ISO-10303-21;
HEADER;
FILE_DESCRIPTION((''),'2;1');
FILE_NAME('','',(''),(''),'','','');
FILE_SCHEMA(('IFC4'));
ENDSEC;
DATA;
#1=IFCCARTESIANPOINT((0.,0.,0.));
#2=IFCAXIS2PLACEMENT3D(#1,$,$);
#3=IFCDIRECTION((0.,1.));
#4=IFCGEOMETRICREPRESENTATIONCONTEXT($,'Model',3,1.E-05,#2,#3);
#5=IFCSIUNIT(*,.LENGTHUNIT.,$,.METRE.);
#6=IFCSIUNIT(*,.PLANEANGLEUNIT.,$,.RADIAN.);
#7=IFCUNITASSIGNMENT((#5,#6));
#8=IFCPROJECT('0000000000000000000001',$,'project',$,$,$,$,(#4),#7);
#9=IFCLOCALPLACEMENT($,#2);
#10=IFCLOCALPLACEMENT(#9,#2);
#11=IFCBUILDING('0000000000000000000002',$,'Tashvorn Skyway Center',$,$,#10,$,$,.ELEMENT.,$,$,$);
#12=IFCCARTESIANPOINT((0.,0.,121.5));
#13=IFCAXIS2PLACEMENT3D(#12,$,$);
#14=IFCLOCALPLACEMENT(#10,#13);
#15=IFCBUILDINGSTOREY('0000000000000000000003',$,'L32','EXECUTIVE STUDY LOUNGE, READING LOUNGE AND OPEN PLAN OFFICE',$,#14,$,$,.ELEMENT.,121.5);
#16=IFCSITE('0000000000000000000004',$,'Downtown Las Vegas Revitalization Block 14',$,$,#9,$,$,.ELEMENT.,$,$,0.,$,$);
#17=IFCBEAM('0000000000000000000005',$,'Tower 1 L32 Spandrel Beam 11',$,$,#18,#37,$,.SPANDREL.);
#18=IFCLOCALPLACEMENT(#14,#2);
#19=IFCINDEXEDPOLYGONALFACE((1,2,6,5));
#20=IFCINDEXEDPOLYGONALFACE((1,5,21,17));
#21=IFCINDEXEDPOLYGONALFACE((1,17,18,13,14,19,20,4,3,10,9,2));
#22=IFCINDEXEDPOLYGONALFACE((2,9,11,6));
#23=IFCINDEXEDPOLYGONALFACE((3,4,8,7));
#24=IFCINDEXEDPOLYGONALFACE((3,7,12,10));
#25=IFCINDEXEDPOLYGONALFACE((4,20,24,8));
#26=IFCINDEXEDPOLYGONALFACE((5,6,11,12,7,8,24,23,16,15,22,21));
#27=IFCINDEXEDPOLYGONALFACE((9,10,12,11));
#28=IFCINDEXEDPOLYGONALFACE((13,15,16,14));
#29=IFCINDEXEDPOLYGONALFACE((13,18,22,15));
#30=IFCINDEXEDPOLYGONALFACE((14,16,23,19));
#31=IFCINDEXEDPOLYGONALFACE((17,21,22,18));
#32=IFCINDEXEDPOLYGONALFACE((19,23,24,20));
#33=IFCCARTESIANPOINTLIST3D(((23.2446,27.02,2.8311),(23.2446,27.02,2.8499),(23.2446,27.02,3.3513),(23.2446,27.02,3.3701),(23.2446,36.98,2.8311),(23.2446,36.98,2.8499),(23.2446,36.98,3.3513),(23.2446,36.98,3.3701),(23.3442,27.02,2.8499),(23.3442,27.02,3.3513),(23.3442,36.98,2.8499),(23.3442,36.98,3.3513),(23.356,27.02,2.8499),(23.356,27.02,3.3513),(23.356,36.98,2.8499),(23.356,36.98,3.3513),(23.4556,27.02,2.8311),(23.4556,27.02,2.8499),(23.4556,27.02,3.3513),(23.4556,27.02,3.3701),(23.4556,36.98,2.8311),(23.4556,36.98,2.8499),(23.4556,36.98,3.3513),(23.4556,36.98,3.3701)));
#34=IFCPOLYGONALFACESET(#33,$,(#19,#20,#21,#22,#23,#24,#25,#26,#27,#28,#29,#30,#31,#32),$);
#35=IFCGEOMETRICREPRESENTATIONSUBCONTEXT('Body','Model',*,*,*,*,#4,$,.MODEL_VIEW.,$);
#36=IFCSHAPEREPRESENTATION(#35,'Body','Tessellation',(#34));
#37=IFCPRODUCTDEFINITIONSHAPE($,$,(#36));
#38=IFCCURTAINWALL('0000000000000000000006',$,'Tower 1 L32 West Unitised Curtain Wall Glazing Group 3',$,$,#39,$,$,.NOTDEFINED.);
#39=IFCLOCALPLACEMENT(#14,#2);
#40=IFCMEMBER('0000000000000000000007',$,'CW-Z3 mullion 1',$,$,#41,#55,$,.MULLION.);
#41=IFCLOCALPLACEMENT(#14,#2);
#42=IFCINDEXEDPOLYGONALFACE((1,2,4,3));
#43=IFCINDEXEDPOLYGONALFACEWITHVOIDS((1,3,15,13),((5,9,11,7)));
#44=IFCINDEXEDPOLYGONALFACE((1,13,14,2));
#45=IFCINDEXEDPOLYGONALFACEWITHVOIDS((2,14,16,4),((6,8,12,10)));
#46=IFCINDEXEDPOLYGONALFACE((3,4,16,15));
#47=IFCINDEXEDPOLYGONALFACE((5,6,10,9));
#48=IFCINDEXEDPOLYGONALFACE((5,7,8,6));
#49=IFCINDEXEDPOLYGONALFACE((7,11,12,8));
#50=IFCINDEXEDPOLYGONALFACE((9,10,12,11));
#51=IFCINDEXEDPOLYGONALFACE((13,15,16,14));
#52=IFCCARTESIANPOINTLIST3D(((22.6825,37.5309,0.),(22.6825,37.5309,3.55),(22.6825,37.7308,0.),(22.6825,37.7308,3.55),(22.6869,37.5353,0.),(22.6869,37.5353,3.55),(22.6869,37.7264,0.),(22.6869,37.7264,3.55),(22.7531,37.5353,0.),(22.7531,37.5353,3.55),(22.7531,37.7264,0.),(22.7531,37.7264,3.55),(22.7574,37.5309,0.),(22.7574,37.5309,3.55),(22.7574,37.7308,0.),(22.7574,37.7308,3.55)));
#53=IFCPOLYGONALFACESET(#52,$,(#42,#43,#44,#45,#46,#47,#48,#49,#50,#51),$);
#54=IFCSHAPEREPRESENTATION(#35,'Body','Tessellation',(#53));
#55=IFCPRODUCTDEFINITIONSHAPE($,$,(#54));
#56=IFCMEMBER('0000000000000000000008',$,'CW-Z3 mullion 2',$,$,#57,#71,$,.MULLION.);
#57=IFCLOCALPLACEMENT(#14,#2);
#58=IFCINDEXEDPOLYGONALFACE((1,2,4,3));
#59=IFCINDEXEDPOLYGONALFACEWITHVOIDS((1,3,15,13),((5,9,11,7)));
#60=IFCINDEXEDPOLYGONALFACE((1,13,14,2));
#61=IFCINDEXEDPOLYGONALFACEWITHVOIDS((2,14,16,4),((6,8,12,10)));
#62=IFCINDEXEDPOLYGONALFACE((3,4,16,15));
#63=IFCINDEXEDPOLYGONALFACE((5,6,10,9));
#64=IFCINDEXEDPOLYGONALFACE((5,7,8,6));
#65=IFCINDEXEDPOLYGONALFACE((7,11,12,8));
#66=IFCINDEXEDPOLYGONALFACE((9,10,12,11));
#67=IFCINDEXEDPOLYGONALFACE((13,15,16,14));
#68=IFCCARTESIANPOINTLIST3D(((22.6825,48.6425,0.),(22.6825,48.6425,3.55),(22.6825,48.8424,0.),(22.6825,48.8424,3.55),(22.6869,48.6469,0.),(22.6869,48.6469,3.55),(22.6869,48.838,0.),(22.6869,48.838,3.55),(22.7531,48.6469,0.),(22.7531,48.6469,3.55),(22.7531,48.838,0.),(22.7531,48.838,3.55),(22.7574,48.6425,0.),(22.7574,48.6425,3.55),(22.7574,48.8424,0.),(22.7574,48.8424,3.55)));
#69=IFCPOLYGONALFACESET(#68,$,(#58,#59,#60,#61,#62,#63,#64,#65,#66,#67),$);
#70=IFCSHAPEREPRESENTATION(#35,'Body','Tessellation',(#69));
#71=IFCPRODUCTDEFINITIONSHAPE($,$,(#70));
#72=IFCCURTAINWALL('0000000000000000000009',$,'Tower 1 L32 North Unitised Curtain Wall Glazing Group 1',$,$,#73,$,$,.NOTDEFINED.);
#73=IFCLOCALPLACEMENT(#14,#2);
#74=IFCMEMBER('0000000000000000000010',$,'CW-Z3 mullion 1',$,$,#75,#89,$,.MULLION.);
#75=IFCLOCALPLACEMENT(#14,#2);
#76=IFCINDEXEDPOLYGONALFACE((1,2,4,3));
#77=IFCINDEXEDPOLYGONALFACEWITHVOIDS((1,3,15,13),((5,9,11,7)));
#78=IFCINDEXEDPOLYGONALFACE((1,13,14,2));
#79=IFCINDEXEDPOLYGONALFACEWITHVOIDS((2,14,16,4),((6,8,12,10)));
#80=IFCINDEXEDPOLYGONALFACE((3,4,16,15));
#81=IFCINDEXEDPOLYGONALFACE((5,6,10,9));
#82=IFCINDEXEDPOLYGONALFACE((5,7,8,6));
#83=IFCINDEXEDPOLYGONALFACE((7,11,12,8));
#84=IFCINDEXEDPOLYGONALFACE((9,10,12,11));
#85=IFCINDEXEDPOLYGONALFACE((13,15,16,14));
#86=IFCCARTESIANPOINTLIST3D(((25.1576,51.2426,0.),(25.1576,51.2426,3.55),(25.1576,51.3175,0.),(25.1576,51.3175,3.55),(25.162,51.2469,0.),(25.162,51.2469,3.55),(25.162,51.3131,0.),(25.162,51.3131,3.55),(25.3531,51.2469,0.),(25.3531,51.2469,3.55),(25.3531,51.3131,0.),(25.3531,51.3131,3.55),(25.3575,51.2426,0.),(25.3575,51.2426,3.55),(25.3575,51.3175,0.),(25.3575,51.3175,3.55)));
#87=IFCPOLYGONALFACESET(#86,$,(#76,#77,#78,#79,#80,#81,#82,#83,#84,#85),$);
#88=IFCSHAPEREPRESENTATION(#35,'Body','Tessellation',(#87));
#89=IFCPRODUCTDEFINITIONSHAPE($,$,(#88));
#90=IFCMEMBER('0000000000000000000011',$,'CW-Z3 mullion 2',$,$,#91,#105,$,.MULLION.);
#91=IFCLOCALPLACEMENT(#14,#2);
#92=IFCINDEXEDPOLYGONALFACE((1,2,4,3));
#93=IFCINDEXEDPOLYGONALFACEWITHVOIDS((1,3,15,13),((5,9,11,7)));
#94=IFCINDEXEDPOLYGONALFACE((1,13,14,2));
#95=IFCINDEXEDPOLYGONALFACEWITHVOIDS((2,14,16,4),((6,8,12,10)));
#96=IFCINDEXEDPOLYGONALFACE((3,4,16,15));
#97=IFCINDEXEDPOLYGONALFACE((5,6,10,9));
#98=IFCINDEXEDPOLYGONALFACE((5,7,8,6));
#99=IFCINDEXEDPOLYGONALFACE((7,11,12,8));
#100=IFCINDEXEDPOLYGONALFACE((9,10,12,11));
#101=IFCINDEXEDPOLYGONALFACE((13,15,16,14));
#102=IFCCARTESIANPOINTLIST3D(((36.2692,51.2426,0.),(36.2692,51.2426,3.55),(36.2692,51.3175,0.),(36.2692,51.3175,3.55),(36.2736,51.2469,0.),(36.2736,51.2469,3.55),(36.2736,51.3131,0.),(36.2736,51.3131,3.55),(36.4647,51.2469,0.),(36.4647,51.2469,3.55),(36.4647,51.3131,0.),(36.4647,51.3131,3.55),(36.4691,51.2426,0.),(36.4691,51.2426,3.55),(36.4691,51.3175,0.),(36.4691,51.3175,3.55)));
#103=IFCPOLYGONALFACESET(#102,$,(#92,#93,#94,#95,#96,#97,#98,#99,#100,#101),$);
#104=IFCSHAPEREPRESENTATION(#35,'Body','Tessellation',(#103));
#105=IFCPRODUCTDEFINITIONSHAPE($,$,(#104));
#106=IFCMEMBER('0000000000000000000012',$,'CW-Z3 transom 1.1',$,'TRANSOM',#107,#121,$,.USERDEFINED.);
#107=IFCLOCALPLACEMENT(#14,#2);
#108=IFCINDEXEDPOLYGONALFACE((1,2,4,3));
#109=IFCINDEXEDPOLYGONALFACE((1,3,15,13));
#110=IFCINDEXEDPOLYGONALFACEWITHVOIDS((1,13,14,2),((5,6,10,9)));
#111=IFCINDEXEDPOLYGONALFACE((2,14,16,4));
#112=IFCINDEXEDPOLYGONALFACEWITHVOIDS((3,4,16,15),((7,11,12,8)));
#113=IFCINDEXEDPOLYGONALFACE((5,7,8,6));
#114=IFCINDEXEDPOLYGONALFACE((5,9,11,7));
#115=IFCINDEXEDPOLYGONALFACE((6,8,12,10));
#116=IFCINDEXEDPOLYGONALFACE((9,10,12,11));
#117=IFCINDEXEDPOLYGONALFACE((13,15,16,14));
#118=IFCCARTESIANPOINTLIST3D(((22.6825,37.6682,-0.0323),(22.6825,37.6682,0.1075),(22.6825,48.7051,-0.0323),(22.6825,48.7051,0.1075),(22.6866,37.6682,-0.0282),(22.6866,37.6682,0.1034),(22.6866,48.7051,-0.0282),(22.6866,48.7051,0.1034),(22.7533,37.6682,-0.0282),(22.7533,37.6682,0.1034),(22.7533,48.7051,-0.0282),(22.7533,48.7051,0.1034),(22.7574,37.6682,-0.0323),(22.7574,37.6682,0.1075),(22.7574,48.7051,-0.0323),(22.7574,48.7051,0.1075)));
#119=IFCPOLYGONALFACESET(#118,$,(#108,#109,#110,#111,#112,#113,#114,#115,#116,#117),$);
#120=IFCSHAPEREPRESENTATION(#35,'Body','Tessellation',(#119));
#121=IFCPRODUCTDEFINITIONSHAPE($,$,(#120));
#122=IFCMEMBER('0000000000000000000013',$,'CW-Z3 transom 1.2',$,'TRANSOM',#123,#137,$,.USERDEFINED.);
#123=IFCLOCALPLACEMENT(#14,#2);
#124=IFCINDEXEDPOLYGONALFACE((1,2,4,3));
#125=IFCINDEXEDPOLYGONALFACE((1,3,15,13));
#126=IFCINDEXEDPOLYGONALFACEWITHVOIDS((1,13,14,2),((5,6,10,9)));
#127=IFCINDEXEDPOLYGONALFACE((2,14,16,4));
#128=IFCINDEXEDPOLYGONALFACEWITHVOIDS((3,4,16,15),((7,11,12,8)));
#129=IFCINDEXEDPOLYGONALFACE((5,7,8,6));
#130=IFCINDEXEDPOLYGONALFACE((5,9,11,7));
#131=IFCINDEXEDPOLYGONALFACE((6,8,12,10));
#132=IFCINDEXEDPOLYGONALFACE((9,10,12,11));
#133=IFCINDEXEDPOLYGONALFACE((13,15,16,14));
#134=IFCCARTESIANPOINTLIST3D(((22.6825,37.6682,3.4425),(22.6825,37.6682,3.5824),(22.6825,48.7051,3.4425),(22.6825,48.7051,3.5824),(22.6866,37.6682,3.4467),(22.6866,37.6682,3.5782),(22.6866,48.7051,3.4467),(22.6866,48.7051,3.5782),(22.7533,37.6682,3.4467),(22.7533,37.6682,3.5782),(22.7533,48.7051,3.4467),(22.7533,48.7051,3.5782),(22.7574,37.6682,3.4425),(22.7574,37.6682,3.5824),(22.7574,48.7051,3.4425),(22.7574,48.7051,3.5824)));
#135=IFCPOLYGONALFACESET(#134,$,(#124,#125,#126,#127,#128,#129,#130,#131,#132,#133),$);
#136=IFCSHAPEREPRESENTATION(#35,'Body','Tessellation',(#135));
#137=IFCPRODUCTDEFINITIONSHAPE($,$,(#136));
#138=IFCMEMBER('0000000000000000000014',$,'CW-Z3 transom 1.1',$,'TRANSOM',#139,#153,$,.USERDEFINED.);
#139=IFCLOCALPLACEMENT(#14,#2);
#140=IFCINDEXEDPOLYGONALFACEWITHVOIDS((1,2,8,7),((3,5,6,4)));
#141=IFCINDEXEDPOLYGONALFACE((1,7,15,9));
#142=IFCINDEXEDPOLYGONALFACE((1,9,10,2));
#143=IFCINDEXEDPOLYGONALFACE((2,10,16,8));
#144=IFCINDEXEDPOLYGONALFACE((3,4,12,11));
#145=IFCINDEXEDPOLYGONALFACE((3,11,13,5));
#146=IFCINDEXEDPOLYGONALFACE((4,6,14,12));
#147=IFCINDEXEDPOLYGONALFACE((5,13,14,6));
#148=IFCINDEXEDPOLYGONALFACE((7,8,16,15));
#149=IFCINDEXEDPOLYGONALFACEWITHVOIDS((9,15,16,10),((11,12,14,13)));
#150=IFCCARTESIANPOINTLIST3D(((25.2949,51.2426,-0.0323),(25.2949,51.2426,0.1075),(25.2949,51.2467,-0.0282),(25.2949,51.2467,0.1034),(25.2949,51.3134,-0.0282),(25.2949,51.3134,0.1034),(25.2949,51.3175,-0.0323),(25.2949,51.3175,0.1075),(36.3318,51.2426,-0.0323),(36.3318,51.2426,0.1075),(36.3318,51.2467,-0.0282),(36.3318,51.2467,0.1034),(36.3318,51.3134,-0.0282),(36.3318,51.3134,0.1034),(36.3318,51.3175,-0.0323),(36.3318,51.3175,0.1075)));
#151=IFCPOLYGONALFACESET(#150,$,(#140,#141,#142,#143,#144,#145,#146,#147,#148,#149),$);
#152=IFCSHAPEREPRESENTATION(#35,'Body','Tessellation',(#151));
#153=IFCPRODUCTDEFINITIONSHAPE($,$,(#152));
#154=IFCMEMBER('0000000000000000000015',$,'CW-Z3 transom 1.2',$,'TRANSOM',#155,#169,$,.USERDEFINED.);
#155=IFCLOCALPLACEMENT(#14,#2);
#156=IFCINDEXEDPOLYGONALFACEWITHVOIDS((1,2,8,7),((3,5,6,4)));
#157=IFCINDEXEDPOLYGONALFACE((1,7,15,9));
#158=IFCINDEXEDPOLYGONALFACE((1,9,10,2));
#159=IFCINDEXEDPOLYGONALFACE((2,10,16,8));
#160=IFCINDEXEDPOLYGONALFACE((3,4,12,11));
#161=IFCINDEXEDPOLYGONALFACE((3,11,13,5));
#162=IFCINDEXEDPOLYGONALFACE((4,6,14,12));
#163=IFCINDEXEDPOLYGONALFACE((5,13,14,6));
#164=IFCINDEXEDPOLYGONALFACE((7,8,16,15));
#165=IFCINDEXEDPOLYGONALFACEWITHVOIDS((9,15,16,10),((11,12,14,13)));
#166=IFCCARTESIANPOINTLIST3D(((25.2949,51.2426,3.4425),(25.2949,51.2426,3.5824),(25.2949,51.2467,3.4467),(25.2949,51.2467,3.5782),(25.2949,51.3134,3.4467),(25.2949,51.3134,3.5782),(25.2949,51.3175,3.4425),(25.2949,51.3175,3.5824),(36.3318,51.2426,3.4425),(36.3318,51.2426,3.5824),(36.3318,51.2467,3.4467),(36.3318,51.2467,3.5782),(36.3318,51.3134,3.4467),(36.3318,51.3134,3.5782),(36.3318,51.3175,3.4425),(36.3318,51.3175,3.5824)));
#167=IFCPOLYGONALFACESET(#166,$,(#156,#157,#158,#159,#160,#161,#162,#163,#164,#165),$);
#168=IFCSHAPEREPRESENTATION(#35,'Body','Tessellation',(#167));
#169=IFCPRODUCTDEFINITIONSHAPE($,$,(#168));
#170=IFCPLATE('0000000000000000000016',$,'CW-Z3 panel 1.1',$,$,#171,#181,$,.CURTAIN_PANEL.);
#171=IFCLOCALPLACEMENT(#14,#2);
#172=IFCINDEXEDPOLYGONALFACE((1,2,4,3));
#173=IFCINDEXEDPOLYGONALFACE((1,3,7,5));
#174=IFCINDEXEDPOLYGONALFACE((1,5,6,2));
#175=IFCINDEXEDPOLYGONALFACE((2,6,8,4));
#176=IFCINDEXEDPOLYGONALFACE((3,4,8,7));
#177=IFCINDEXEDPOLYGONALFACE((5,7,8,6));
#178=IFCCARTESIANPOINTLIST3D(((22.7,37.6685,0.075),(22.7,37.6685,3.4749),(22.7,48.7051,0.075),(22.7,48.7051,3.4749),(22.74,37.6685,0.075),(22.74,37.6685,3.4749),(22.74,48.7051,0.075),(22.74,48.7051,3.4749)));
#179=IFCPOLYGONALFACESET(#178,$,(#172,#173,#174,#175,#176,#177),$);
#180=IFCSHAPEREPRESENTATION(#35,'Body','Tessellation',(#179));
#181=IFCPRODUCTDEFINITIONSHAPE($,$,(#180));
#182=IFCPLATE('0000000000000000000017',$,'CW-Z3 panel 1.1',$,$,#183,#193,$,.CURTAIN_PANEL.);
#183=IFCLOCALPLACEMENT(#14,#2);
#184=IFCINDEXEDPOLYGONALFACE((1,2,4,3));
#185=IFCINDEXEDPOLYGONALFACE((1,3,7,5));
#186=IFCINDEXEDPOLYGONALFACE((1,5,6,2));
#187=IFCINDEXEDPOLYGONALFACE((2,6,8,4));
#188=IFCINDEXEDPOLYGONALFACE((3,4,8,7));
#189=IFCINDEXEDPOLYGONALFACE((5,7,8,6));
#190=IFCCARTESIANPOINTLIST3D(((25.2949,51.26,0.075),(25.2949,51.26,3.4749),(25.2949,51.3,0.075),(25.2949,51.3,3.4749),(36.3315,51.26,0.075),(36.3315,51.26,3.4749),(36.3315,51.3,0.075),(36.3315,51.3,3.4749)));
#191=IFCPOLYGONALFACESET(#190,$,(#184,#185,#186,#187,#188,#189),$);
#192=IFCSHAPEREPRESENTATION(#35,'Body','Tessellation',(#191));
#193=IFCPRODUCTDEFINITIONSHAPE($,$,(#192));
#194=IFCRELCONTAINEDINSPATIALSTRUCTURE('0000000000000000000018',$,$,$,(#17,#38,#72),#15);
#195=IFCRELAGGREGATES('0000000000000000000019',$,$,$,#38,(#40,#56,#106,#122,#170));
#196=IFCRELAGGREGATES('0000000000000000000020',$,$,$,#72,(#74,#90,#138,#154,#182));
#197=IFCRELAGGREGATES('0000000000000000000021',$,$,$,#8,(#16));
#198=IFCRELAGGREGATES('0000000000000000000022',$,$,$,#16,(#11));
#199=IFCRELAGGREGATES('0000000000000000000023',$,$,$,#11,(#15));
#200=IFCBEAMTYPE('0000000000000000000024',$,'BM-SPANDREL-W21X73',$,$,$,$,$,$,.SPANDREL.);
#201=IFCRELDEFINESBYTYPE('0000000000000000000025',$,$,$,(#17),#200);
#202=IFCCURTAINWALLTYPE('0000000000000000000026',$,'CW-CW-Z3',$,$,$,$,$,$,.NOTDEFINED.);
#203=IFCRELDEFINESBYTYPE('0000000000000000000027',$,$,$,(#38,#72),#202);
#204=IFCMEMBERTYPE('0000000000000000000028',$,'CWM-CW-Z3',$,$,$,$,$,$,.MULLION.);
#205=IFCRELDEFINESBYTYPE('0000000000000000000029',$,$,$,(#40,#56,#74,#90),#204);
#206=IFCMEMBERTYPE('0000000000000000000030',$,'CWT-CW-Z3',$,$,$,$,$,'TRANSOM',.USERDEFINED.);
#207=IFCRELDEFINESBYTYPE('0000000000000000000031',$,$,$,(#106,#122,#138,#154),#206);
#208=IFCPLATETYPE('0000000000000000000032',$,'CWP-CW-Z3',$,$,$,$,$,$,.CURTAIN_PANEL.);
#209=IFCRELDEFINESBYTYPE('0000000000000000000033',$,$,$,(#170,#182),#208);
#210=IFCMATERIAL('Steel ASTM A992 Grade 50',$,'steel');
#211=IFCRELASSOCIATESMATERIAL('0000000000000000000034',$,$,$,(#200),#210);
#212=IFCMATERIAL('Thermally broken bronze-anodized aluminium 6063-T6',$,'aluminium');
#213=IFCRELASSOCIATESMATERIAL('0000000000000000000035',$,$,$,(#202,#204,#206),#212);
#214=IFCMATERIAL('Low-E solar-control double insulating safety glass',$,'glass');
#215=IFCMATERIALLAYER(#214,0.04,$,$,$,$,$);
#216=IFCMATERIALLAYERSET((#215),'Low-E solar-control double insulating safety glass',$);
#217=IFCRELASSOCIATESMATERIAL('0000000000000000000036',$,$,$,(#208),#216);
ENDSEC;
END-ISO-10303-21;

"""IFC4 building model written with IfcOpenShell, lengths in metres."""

from ifc_helpers import new_model, si_unit, direction, frame, origin, origin_2d, place, context, subcontext, project, spatial, rectangle, hollow_rectangle, i_section, extrude, material, layer, layer_set, material_profile, profile_set, type_object, element, aggregate, save


model = new_model("IFC4")

# Units and contexts
model_context = context("Model", 3, precision=1e-05, world=origin(), true_north=direction((0.0, 1.0)))
body_context = subcontext(model_context, "Body", "Model", "MODEL_VIEW")
ifc_project = project(units=[si_unit("LENGTHUNIT", "METRE"), si_unit("PLANEANGLEUNIT", "RADIAN")], contexts=[model_context])

# Site, building, storey
site_placement = place(None, origin())
site = spatial("IfcSite", under=ifc_project, at=site_placement, Name="Downtown Las Vegas Revitalization Block 14", CompositionType="ELEMENT", RefElevation=0.0)
building_placement = place(site_placement, origin())
building = spatial("IfcBuilding", under=site, at=building_placement, Name="Tashvorn Skyway Center", CompositionType="ELEMENT")
storey_placement = place(building_placement, frame((0.0, 0.0, 121.5)))
storey = spatial("IfcBuildingStorey", under=building, at=storey_placement, Name="L32", Description="EXECUTIVE STUDY LOUNGE, READING LOUNGE AND OPEN PLAN OFFICE", CompositionType="ELEMENT", Elevation=121.5)

# Beam
ifc_material_1 = material(Name="Steel ASTM A992 Grade 50", Category="steel")
ifc_material_profile_1 = material_profile(ifc_material_1, i_section(OverallWidth=0.2109, OverallDepth=0.5391, WebThickness=0.0117, FlangeThickness=0.0188, at=origin_2d()), Name="W21X73")
ifc_profile_set_1 = profile_set([ifc_material_profile_1], Name="Steel ASTM A992 Grade 50")
beam_type_1 = type_object("IfcBeamType", Name="BM-SPANDREL-W21X73", PredefinedType="SPANDREL", material=ifc_profile_set_1)
beam_1_placement = place(storey_placement, frame((23.3501, 36.98, 3.1006), z_axis=(0.0, -1.0, 0.0), x_axis=(1.0, 0.0, 0.0)))
element("IfcBeam", 1, at=beam_1_placement, inside=storey, type_object=beam_type_1, Name="Tower 1 L32 Spandrel Beam 11", PredefinedType="SPANDREL", context=body_context, shape_type="SweptSolid", body=[
    extrude(i_section(OverallWidth=0.2109, OverallDepth=0.5391, WebThickness=0.0117, FlangeThickness=0.0188, at=origin_2d()), origin(), (0.0, 0.0, 1.0), 9.96),
])

# Curtain walls, members
ifc_material_2 = material(Name="Thermally broken bronze-anodized aluminium 6063-T6", Category="aluminium")
curtain_wall_type = type_object("IfcCurtainWallType", Name="CW-CW-Z3", PredefinedType="NOTDEFINED", material=ifc_material_2)
curtain_wall_1_placement = place(storey_placement, origin())
curtain_wall_1 = element("IfcCurtainWall", 2, at=curtain_wall_1_placement, inside=storey, type_object=curtain_wall_type, Name="Tower 1 L32 West Unitised Curtain Wall Glazing Group 3", PredefinedType="NOTDEFINED")
ifc_material_profile_2 = material_profile(ifc_material_2, hollow_rectangle(XDim=0.075, YDim=0.2, WallThickness=0.0044, at=origin_2d()), Name="ALU-MULL-75x200")
ifc_profile_set_2 = profile_set([ifc_material_profile_2], Name="Thermally broken bronze-anodized aluminium 6063-T6")
member_type_1 = type_object("IfcMemberType", Name="CWM-CW-Z3", PredefinedType="MULLION", material=ifc_profile_set_2)
member_1_placement = place(storey_placement, frame((22.72, 37.6309, 0.0), z_axis=(0.0, 0.0, 1.0), x_axis=(-1.0, 0.0, 0.0)))
member_1 = element("IfcMember", 3, at=member_1_placement, type_object=member_type_1, Name="CW-Z3 mullion 1", PredefinedType="MULLION", context=body_context, shape_type="SweptSolid", body=[
    extrude(hollow_rectangle(XDim=0.075, YDim=0.2, WallThickness=0.0044, at=origin_2d()), origin(), (0.0, 0.0, 1.0), 3.55),
])
member_2_placement = place(storey_placement, frame((22.72, 48.7424, 0.0), z_axis=(0.0, 0.0, 1.0), x_axis=(-1.0, 0.0, 0.0)))
member_2 = element("IfcMember", 4, at=member_2_placement, type_object=member_type_1, Name="CW-Z3 mullion 2", PredefinedType="MULLION", context=body_context, shape_type="SweptSolid", body=[
    extrude(hollow_rectangle(XDim=0.075, YDim=0.2, WallThickness=0.0044, at=origin_2d()), origin(), (0.0, 0.0, 1.0), 3.55),
])
curtain_wall_2_placement = place(storey_placement, origin())
curtain_wall_2 = element("IfcCurtainWall", 5, at=curtain_wall_2_placement, inside=storey, type_object=curtain_wall_type, Name="Tower 1 L32 North Unitised Curtain Wall Glazing Group 1", PredefinedType="NOTDEFINED")
member_3_placement = place(storey_placement, frame((25.2576, 51.28, 0.0), z_axis=(0.0, 0.0, 1.0), x_axis=(0.0, 1.0, 0.0)))
member_3 = element("IfcMember", 6, at=member_3_placement, type_object=member_type_1, Name="CW-Z3 mullion 1", PredefinedType="MULLION", context=body_context, shape_type="SweptSolid", body=[
    extrude(hollow_rectangle(XDim=0.075, YDim=0.2, WallThickness=0.0044, at=origin_2d()), origin(), (0.0, 0.0, 1.0), 3.55),
])
member_4_placement = place(storey_placement, frame((36.3691, 51.28, 0.0), z_axis=(0.0, 0.0, 1.0), x_axis=(0.0, 1.0, 0.0)))
member_4 = element("IfcMember", 7, at=member_4_placement, type_object=member_type_1, Name="CW-Z3 mullion 2", PredefinedType="MULLION", context=body_context, shape_type="SweptSolid", body=[
    extrude(hollow_rectangle(XDim=0.075, YDim=0.2, WallThickness=0.0044, at=origin_2d()), origin(), (0.0, 0.0, 1.0), 3.55),
])

# Members
ifc_material_profile_3 = material_profile(ifc_material_2, hollow_rectangle(XDim=0.075, YDim=0.1399, WallThickness=0.0042, at=origin_2d()), Name="ALU-TRAN-75x140")
ifc_profile_set_3 = profile_set([ifc_material_profile_3], Name="Thermally broken bronze-anodized aluminium 6063-T6")
member_type_2 = type_object("IfcMemberType", Name="CWT-CW-Z3", ElementType="TRANSOM", PredefinedType="USERDEFINED", material=ifc_profile_set_3)
member_5_placement = place(storey_placement, frame((22.72, 37.6682, 0.0376), z_axis=(0.0, 1.0, 0.0), x_axis=(-1.0, 0.0, 0.0)))
member_5 = element("IfcMember", 8, at=member_5_placement, type_object=member_type_2, Name="CW-Z3 transom 1.1", ObjectType="TRANSOM", PredefinedType="USERDEFINED", context=body_context, shape_type="SweptSolid", body=[
    extrude(hollow_rectangle(XDim=0.075, YDim=0.1399, WallThickness=0.0042, at=origin_2d()), origin(), (0.0, 0.0, 1.0), 11.0369),
])
member_6_placement = place(storey_placement, frame((22.72, 37.6682, 3.5125), z_axis=(0.0, 1.0, 0.0), x_axis=(-1.0, 0.0, 0.0)))
member_6 = element("IfcMember", 9, at=member_6_placement, type_object=member_type_2, Name="CW-Z3 transom 1.2", ObjectType="TRANSOM", PredefinedType="USERDEFINED", context=body_context, shape_type="SweptSolid", body=[
    extrude(hollow_rectangle(XDim=0.075, YDim=0.1399, WallThickness=0.0042, at=origin_2d()), origin(), (0.0, 0.0, 1.0), 11.0369),
])
member_7_placement = place(storey_placement, frame((25.2949, 51.28, 0.0376), z_axis=(1.0, 0.0, 0.0), x_axis=(0.0, 1.0, 0.0)))
member_7 = element("IfcMember", 10, at=member_7_placement, type_object=member_type_2, Name="CW-Z3 transom 1.1", ObjectType="TRANSOM", PredefinedType="USERDEFINED", context=body_context, shape_type="SweptSolid", body=[
    extrude(hollow_rectangle(XDim=0.075, YDim=0.1399, WallThickness=0.0042, at=origin_2d()), origin(), (0.0, 0.0, 1.0), 11.0369),
])
member_8_placement = place(storey_placement, frame((25.2949, 51.28, 3.5125), z_axis=(1.0, 0.0, 0.0), x_axis=(0.0, 1.0, 0.0)))
member_8 = element("IfcMember", 11, at=member_8_placement, type_object=member_type_2, Name="CW-Z3 transom 1.2", ObjectType="TRANSOM", PredefinedType="USERDEFINED", context=body_context, shape_type="SweptSolid", body=[
    extrude(hollow_rectangle(XDim=0.075, YDim=0.1399, WallThickness=0.0042, at=origin_2d()), origin(), (0.0, 0.0, 1.0), 11.0369),
])

# Plates
ifc_material_3 = material(Name="Low-E solar-control double insulating safety glass", Category="glass")
ifc_layer_1 = layer(ifc_material_3, 0.04)
ifc_layer_set_1 = layer_set([ifc_layer_1], Name="Low-E solar-control double insulating safety glass")
plate_type = type_object("IfcPlateType", Name="CWP-CW-Z3", PredefinedType="CURTAIN_PANEL", material=ifc_layer_set_1)
plate_1_placement = place(storey_placement, frame((22.72, 43.1868, 0.075), z_axis=(0.0, 0.0, 1.0), x_axis=(0.0, 1.0, 0.0)))
plate_1 = element("IfcPlate", 12, at=plate_1_placement, type_object=plate_type, Name="CW-Z3 panel 1.1", PredefinedType="CURTAIN_PANEL", context=body_context, shape_type="SweptSolid", body=[
    extrude(rectangle(XDim=11.0366, YDim=0.04, at=origin_2d()), origin(), (0.0, 0.0, 1.0), 3.3999),
])
aggregate(curtain_wall_1, [member_1, member_2, member_5, member_6, plate_1])
plate_2_placement = place(storey_placement, frame((30.8132, 51.28, 0.075), z_axis=(0.0, 0.0, 1.0), x_axis=(1.0, 0.0, 0.0)))
plate_2 = element("IfcPlate", 13, at=plate_2_placement, type_object=plate_type, Name="CW-Z3 panel 1.1", PredefinedType="CURTAIN_PANEL", context=body_context, shape_type="SweptSolid", body=[
    extrude(rectangle(XDim=11.0366, YDim=0.04, at=origin_2d()), origin(), (0.0, 0.0, 1.0), 3.3999),
])
aggregate(curtain_wall_2, [member_3, member_4, member_7, member_8, plate_2])

save(model, "model.ifc")
